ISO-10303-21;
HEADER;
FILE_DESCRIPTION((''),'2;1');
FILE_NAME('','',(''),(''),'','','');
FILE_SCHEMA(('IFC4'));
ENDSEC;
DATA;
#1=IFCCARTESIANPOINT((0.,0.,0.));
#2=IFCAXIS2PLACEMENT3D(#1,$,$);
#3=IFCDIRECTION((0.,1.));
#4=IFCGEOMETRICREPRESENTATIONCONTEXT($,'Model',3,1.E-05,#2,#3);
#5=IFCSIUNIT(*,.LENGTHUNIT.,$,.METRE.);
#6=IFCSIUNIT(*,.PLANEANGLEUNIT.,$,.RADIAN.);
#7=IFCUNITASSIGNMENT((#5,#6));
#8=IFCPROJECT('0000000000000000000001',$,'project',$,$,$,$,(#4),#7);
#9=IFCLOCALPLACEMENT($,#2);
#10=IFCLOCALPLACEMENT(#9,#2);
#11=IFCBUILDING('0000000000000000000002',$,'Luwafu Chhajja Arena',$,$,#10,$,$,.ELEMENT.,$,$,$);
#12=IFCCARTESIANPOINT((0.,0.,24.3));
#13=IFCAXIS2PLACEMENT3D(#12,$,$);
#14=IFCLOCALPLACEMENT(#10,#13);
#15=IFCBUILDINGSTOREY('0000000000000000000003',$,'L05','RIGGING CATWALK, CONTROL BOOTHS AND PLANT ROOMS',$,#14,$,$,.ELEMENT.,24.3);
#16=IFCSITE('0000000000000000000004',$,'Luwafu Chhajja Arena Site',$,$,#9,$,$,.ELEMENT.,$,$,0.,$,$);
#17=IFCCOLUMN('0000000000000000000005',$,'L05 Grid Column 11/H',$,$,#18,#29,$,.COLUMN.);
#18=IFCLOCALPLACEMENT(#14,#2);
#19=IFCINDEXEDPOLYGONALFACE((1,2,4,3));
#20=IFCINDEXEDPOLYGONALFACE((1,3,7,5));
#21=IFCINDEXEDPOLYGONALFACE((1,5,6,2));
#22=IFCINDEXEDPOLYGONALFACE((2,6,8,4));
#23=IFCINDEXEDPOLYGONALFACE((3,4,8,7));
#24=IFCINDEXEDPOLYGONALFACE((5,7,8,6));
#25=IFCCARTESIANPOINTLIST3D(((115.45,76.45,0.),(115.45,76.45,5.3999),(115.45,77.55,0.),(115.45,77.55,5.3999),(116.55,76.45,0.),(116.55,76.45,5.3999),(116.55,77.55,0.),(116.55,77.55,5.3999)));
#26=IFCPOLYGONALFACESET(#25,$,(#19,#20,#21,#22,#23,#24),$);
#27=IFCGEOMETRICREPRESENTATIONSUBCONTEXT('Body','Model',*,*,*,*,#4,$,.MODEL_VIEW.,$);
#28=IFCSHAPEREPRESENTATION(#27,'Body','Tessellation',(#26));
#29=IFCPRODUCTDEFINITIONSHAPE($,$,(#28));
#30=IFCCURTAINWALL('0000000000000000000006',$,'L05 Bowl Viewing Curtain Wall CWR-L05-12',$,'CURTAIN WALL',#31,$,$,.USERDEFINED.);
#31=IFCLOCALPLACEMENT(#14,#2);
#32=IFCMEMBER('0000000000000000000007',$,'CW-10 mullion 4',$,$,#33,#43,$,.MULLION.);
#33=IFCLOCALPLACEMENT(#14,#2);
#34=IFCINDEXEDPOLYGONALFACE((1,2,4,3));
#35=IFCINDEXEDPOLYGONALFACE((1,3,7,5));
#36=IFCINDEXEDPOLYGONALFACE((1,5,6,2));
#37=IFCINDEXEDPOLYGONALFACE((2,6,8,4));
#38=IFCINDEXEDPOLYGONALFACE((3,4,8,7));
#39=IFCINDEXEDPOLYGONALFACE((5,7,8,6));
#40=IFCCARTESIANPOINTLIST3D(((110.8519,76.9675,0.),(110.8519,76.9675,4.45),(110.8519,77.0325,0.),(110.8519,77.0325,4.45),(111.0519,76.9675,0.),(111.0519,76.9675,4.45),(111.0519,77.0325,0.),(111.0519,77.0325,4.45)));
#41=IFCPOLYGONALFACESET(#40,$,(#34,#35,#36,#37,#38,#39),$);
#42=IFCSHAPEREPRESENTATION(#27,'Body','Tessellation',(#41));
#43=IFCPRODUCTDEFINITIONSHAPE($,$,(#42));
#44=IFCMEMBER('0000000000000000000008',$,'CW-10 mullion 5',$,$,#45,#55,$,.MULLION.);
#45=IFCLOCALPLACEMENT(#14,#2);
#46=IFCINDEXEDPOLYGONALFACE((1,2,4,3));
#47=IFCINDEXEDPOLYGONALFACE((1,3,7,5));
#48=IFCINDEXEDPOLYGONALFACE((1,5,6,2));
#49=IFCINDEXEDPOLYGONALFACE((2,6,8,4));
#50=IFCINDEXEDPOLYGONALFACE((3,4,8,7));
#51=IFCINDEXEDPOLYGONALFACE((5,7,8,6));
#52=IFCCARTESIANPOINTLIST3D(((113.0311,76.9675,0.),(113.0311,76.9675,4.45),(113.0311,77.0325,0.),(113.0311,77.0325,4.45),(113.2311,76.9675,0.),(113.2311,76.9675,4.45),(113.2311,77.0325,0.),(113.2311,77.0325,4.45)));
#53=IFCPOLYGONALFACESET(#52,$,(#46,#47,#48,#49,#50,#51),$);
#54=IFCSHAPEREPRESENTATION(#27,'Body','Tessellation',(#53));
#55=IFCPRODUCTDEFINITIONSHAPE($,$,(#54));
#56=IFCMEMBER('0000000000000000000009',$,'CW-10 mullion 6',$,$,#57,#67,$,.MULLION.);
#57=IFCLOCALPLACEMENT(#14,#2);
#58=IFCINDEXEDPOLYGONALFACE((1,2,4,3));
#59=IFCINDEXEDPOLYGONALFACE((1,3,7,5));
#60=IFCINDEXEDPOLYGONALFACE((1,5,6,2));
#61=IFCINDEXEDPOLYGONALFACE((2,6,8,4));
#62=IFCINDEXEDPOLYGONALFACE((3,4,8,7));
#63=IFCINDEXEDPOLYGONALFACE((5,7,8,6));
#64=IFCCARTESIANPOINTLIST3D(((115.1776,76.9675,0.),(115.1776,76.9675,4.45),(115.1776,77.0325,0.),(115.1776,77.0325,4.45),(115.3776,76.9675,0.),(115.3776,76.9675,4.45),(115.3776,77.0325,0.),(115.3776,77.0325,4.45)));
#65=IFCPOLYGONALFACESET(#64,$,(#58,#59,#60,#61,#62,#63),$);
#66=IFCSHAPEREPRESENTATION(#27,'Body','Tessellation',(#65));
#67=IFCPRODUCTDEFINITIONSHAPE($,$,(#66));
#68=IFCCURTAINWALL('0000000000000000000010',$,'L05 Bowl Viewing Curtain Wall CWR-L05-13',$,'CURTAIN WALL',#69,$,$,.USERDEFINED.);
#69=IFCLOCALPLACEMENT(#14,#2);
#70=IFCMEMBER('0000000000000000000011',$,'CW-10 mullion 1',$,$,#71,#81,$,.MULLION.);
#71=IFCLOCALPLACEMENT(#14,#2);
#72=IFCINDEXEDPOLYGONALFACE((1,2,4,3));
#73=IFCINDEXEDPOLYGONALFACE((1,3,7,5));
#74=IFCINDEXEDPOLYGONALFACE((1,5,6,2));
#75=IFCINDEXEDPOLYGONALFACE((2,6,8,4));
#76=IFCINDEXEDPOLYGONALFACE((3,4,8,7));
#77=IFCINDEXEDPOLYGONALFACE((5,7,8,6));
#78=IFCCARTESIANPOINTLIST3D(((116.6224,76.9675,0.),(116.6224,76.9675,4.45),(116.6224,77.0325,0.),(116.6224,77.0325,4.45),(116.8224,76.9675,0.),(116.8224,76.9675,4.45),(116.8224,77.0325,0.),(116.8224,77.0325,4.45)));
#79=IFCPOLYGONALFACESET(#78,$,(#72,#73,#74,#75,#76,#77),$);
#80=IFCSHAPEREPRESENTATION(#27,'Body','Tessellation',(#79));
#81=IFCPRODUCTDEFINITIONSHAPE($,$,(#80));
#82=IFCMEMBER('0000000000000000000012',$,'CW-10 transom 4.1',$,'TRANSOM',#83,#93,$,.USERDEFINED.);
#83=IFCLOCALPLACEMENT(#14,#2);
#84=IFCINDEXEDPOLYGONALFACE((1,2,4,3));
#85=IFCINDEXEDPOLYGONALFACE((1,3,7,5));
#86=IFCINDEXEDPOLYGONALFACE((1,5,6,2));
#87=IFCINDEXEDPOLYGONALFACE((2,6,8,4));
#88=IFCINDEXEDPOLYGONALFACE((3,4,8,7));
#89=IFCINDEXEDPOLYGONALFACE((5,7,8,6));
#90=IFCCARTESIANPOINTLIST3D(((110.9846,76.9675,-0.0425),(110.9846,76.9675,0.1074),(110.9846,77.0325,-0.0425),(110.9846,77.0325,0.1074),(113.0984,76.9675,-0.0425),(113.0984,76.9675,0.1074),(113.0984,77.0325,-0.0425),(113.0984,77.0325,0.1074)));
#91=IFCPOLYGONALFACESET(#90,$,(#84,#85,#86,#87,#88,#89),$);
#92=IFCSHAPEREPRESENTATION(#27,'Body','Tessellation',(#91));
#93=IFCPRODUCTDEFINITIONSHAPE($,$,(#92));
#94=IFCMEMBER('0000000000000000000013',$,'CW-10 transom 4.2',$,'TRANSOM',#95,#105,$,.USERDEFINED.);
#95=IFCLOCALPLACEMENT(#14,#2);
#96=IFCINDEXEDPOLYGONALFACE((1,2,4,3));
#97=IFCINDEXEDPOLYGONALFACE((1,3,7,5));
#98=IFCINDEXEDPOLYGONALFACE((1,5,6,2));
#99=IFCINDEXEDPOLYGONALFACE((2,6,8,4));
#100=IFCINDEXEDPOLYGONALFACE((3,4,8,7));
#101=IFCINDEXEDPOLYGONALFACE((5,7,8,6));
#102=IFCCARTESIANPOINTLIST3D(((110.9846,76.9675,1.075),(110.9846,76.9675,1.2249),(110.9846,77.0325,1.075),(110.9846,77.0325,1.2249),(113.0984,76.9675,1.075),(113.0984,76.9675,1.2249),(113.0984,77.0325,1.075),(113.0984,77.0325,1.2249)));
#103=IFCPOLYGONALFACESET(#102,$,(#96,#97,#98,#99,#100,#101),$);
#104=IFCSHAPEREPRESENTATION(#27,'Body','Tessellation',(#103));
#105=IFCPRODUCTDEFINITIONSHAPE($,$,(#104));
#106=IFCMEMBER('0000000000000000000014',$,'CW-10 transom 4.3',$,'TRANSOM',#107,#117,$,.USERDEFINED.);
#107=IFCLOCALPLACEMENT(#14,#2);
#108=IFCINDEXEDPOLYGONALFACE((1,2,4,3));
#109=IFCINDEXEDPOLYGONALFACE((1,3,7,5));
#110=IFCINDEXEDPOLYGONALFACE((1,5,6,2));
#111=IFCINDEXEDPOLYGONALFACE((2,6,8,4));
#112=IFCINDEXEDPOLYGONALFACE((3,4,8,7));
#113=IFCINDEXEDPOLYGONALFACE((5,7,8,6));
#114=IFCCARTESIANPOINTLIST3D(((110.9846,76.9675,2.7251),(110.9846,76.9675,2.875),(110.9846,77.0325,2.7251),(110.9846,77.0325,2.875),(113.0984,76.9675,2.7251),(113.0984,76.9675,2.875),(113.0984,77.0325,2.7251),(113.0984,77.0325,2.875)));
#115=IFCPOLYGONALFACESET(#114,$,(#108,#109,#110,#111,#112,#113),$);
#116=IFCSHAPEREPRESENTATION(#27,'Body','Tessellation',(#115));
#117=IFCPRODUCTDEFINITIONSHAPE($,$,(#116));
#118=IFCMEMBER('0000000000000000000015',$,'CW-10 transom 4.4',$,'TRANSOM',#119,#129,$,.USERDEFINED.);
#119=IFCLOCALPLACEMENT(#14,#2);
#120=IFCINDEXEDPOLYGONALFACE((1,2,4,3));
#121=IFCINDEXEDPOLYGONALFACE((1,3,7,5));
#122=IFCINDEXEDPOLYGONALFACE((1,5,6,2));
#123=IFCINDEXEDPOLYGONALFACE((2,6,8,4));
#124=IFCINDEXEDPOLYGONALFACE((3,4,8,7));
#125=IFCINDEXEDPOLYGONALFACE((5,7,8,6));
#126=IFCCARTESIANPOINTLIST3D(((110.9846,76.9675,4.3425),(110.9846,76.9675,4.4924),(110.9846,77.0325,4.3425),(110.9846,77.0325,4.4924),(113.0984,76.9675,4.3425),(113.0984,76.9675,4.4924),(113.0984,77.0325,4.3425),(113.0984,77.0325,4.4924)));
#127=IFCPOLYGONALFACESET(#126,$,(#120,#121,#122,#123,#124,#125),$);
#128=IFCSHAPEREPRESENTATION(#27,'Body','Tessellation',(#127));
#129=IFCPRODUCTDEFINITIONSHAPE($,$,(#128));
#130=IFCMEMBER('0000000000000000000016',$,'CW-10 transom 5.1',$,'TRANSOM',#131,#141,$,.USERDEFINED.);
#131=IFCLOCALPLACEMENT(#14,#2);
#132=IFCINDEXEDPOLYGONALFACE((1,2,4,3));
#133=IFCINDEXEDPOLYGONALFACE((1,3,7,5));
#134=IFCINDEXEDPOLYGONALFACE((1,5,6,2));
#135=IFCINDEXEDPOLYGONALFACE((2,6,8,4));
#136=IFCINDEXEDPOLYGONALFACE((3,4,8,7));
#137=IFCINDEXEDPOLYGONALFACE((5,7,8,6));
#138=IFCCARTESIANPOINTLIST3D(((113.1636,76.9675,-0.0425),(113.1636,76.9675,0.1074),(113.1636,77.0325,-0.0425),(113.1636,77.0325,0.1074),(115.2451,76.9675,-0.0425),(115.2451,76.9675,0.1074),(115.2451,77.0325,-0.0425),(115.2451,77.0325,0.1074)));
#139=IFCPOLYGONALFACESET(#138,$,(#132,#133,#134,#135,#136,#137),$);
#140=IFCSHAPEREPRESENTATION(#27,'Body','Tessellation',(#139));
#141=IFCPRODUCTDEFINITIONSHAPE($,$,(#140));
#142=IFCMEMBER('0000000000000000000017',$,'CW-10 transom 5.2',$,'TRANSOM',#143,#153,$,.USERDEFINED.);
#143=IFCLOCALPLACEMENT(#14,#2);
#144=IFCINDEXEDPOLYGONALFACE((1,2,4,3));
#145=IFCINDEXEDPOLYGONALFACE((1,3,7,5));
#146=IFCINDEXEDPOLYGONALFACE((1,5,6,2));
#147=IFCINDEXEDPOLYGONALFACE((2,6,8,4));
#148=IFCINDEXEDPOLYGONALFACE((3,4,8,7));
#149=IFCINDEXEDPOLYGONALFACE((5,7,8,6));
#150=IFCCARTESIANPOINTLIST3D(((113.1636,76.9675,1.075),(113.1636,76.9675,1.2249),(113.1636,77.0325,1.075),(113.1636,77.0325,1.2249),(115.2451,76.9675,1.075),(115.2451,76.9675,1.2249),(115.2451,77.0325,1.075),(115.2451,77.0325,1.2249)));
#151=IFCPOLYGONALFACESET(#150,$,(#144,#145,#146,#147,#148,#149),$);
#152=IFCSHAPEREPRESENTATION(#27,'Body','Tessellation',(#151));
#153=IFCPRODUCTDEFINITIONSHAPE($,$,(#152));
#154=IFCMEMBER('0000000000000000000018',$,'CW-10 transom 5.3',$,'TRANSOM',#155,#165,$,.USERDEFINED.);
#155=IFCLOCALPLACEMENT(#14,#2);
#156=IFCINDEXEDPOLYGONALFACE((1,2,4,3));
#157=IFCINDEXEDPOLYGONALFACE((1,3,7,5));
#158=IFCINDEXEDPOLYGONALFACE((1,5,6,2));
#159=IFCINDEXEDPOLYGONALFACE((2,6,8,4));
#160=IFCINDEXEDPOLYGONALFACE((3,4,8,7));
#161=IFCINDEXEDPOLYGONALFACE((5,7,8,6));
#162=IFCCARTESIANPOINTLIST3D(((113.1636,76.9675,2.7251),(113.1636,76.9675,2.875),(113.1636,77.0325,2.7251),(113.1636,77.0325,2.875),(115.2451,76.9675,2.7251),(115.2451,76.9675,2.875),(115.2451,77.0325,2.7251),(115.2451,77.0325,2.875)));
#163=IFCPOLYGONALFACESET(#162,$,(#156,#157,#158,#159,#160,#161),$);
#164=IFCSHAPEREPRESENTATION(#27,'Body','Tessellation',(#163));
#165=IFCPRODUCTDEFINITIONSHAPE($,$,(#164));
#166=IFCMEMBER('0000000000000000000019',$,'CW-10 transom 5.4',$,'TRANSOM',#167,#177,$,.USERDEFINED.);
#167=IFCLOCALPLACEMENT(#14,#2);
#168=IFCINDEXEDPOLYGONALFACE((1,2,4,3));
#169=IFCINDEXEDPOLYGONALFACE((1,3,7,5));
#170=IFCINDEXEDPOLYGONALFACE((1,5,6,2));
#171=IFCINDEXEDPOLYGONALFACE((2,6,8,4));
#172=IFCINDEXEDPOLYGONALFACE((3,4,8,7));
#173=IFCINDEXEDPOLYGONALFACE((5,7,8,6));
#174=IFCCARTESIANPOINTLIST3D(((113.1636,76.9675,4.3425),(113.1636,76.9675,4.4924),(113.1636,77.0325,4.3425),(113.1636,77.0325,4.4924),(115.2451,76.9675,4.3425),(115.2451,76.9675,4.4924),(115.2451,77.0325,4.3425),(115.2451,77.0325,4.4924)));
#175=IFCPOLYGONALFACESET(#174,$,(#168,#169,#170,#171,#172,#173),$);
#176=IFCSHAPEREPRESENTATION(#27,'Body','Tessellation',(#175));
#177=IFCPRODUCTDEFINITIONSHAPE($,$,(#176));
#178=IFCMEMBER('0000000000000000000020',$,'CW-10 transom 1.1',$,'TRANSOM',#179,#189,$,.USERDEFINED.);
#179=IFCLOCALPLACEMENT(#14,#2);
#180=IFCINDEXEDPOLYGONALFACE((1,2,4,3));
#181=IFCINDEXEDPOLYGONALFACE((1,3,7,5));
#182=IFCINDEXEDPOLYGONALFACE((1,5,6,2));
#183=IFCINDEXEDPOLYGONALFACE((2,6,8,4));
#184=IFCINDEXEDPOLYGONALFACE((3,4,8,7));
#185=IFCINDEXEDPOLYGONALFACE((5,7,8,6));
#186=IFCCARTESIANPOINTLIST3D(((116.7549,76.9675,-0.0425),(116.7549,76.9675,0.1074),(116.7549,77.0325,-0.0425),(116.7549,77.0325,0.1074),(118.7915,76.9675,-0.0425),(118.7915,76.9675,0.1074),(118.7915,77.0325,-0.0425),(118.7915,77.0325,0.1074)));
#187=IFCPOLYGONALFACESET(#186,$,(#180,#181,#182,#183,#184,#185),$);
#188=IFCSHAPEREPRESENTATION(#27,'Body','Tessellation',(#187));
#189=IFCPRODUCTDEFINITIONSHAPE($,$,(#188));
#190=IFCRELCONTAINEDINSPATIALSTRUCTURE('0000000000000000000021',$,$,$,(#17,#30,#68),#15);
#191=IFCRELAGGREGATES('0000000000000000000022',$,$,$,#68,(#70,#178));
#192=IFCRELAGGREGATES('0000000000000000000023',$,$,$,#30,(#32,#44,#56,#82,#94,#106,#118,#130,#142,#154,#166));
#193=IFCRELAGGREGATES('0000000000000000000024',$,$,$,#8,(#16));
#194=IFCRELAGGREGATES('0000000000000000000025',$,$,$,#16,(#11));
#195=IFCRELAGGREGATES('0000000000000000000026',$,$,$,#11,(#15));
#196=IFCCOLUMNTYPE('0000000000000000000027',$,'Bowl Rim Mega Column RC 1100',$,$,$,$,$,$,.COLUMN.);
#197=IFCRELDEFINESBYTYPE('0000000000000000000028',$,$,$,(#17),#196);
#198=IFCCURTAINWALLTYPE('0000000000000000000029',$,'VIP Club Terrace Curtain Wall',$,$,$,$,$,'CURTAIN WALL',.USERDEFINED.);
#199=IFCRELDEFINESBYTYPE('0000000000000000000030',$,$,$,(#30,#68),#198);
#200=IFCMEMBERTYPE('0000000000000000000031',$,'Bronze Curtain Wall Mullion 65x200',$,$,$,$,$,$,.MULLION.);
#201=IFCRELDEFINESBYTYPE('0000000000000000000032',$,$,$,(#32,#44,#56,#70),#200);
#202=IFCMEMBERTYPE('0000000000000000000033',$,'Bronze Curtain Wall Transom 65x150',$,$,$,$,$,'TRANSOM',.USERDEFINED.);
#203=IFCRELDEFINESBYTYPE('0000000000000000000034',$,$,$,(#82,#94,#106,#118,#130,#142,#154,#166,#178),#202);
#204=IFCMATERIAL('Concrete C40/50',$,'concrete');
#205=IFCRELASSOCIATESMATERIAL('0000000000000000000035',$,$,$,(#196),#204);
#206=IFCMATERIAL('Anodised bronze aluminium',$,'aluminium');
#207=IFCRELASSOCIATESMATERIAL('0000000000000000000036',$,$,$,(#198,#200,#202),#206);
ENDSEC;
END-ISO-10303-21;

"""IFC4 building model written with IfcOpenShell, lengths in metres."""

from ifc_helpers import new_model, si_unit, direction, frame, origin, origin_2d, place, context, subcontext, project, spatial, rectangle, extrude, material, material_profile, profile_set, type_object, element, aggregate, save


model = new_model("IFC4")

# Units and contexts
model_context = context("Model", 3, precision=1e-05, world=origin(), true_north=direction((0.0, 1.0)))
body_context = subcontext(model_context, "Body", "Model", "MODEL_VIEW")
ifc_project = project(units=[si_unit("LENGTHUNIT", "METRE"), si_unit("PLANEANGLEUNIT", "RADIAN")], contexts=[model_context])

# Site, building, storey
site_placement = place(None, origin())
site = spatial("IfcSite", under=ifc_project, at=site_placement, Name="Luwafu Chhajja Arena Site", CompositionType="ELEMENT", RefElevation=0.0)
building_placement = place(site_placement, origin())
building = spatial("IfcBuilding", under=site, at=building_placement, Name="Luwafu Chhajja Arena", CompositionType="ELEMENT")
storey_placement = place(building_placement, frame((0.0, 0.0, 24.3)))
storey = spatial("IfcBuildingStorey", under=building, at=storey_placement, Name="L05", Description="RIGGING CATWALK, CONTROL BOOTHS AND PLANT ROOMS", CompositionType="ELEMENT", Elevation=24.3)

# Column
ifc_material_1 = material(Name="Concrete C40/50", Category="concrete")
ifc_material_profile_1 = material_profile(ifc_material_1, rectangle(XDim=1.1001, YDim=1.1001, at=origin_2d()), Name="RC 1100x1100")
ifc_profile_set_1 = profile_set([ifc_material_profile_1], Name="Concrete C40/50")
column_type = type_object("IfcColumnType", Name="Bowl Rim Mega Column RC 1100", PredefinedType="COLUMN", material=ifc_profile_set_1)
column_placement = place(storey_placement, frame((116.0, 77.0, 0.0), z_axis=(0.0, 0.0, 1.0), x_axis=(1.0, 0.0, 0.0)))
element("IfcColumn", 1, at=column_placement, inside=storey, type_object=column_type, Name="L05 Grid Column 11/H", PredefinedType="COLUMN", context=body_context, shape_type="SweptSolid", body=[
    extrude(rectangle(XDim=1.1001, YDim=1.1001, at=origin_2d()), origin(), (0.0, 0.0, 1.0), 5.3999),
])

# Curtain wall, members
ifc_material_2 = material(Name="Anodised bronze aluminium", Category="aluminium")
curtain_wall_type = type_object("IfcCurtainWallType", Name="VIP Club Terrace Curtain Wall", ElementType="CURTAIN WALL", PredefinedType="USERDEFINED", material=ifc_material_2)
curtain_wall_1_placement = place(storey_placement, origin())
curtain_wall_1 = element("IfcCurtainWall", 2, at=curtain_wall_1_placement, inside=storey, type_object=curtain_wall_type, Name="L05 Bowl Viewing Curtain Wall CWR-L05-12", ObjectType="CURTAIN WALL", PredefinedType="USERDEFINED")
ifc_material_profile_2 = material_profile(ifc_material_2, rectangle(XDim=0.0649, YDim=0.2, at=origin_2d()), Name="CWM 65x200")
ifc_profile_set_2 = profile_set([ifc_material_profile_2], Name="Anodised bronze aluminium")
member_type_1 = type_object("IfcMemberType", Name="Bronze Curtain Wall Mullion 65x200", PredefinedType="MULLION", material=ifc_profile_set_2)
member_1_placement = place(storey_placement, frame((110.9519, 77.0, 0.0), z_axis=(0.0, 0.0, 1.0), x_axis=(0.0, 1.0, 0.0)))
member_1 = element("IfcMember", 3, at=member_1_placement, type_object=member_type_1, Name="CW-10 mullion 4", PredefinedType="MULLION", context=body_context, shape_type="SweptSolid", body=[
    extrude(rectangle(XDim=0.0649, YDim=0.2, at=origin_2d()), origin(), (0.0, 0.0, 1.0), 4.45),
])
member_2_placement = place(storey_placement, frame((113.1311, 77.0, 0.0), z_axis=(0.0, 0.0, 1.0), x_axis=(0.0, 1.0, 0.0)))
member_2 = element("IfcMember", 4, at=member_2_placement, type_object=member_type_1, Name="CW-10 mullion 5", PredefinedType="MULLION", context=body_context, shape_type="SweptSolid", body=[
    extrude(rectangle(XDim=0.0649, YDim=0.2, at=origin_2d()), origin(), (0.0, 0.0, 1.0), 4.45),
])
member_3_placement = place(storey_placement, frame((115.2776, 77.0, 0.0), z_axis=(0.0, 0.0, 1.0), x_axis=(0.0, 1.0, 0.0)))
member_3 = element("IfcMember", 5, at=member_3_placement, type_object=member_type_1, Name="CW-10 mullion 6", PredefinedType="MULLION", context=body_context, shape_type="SweptSolid", body=[
    extrude(rectangle(XDim=0.0649, YDim=0.2, at=origin_2d()), origin(), (0.0, 0.0, 1.0), 4.45),
])

# Curtain wall, member
curtain_wall_2_placement = place(storey_placement, origin())
curtain_wall_2 = element("IfcCurtainWall", 6, at=curtain_wall_2_placement, inside=storey, type_object=curtain_wall_type, Name="L05 Bowl Viewing Curtain Wall CWR-L05-13", ObjectType="CURTAIN WALL", PredefinedType="USERDEFINED")
member_4_placement = place(storey_placement, frame((116.7224, 77.0, 0.0), z_axis=(0.0, 0.0, 1.0), x_axis=(0.0, 1.0, 0.0)))
member_4 = element("IfcMember", 7, at=member_4_placement, type_object=member_type_1, Name="CW-10 mullion 1", PredefinedType="MULLION", context=body_context, shape_type="SweptSolid", body=[
    extrude(rectangle(XDim=0.0649, YDim=0.2, at=origin_2d()), origin(), (0.0, 0.0, 1.0), 4.45),
])

# Members
ifc_material_profile_3 = material_profile(ifc_material_2, rectangle(XDim=0.0649, YDim=0.1499, at=origin_2d()), Name="CWT 65x150")
ifc_profile_set_3 = profile_set([ifc_material_profile_3], Name="Anodised bronze aluminium")
member_type_2 = type_object("IfcMemberType", Name="Bronze Curtain Wall Transom 65x150", ElementType="TRANSOM", PredefinedType="USERDEFINED", material=ifc_profile_set_3)
member_5_placement = place(storey_placement, frame((110.9846, 77.0, 0.0325), z_axis=(1.0, 0.0, 0.0), x_axis=(0.0, 1.0, 0.0)))
member_5 = element("IfcMember", 8, at=member_5_placement, type_object=member_type_2, Name="CW-10 transom 4.1", ObjectType="TRANSOM", PredefinedType="USERDEFINED", context=body_context, shape_type="SweptSolid", body=[
    extrude(rectangle(XDim=0.0649, YDim=0.1499, at=origin_2d()), origin(), (0.0, 0.0, 1.0), 2.1138),
])
member_6_placement = place(storey_placement, frame((110.9846, 77.0, 1.1499), z_axis=(1.0, 0.0, 0.0), x_axis=(0.0, 1.0, 0.0)))
member_6 = element("IfcMember", 9, at=member_6_placement, type_object=member_type_2, Name="CW-10 transom 4.2", ObjectType="TRANSOM", PredefinedType="USERDEFINED", context=body_context, shape_type="SweptSolid", body=[
    extrude(rectangle(XDim=0.0649, YDim=0.1499, at=origin_2d()), origin(), (0.0, 0.0, 1.0), 2.1138),
])
member_7_placement = place(storey_placement, frame((110.9846, 77.0, 2.8), z_axis=(1.0, 0.0, 0.0), x_axis=(0.0, 1.0, 0.0)))
member_7 = element("IfcMember", 10, at=member_7_placement, type_object=member_type_2, Name="CW-10 transom 4.3", ObjectType="TRANSOM", PredefinedType="USERDEFINED", context=body_context, shape_type="SweptSolid", body=[
    extrude(rectangle(XDim=0.0649, YDim=0.1499, at=origin_2d()), origin(), (0.0, 0.0, 1.0), 2.1138),
])
member_8_placement = place(storey_placement, frame((110.9846, 77.0, 4.4175), z_axis=(1.0, 0.0, 0.0), x_axis=(0.0, 1.0, 0.0)))
member_8 = element("IfcMember", 11, at=member_8_placement, type_object=member_type_2, Name="CW-10 transom 4.4", ObjectType="TRANSOM", PredefinedType="USERDEFINED", context=body_context, shape_type="SweptSolid", body=[
    extrude(rectangle(XDim=0.0649, YDim=0.1499, at=origin_2d()), origin(), (0.0, 0.0, 1.0), 2.1138),
])
member_9_placement = place(storey_placement, frame((113.1636, 77.0, 0.0325), z_axis=(1.0, 0.0, 0.0), x_axis=(0.0, 1.0, 0.0)))
member_9 = element("IfcMember", 12, at=member_9_placement, type_object=member_type_2, Name="CW-10 transom 5.1", ObjectType="TRANSOM", PredefinedType="USERDEFINED", context=body_context, shape_type="SweptSolid", body=[
    extrude(rectangle(XDim=0.0649, YDim=0.1499, at=origin_2d()), origin(), (0.0, 0.0, 1.0), 2.0815),
])
member_10_placement = place(storey_placement, frame((113.1636, 77.0, 1.1499), z_axis=(1.0, 0.0, 0.0), x_axis=(0.0, 1.0, 0.0)))
member_10 = element("IfcMember", 13, at=member_10_placement, type_object=member_type_2, Name="CW-10 transom 5.2", ObjectType="TRANSOM", PredefinedType="USERDEFINED", context=body_context, shape_type="SweptSolid", body=[
    extrude(rectangle(XDim=0.0649, YDim=0.1499, at=origin_2d()), origin(), (0.0, 0.0, 1.0), 2.0815),
])
member_11_placement = place(storey_placement, frame((113.1636, 77.0, 2.8), z_axis=(1.0, 0.0, 0.0), x_axis=(0.0, 1.0, 0.0)))
member_11 = element("IfcMember", 14, at=member_11_placement, type_object=member_type_2, Name="CW-10 transom 5.3", ObjectType="TRANSOM", PredefinedType="USERDEFINED", context=body_context, shape_type="SweptSolid", body=[
    extrude(rectangle(XDim=0.0649, YDim=0.1499, at=origin_2d()), origin(), (0.0, 0.0, 1.0), 2.0815),
])
member_12_placement = place(storey_placement, frame((113.1636, 77.0, 4.4175), z_axis=(1.0, 0.0, 0.0), x_axis=(0.0, 1.0, 0.0)))
member_12 = element("IfcMember", 15, at=member_12_placement, type_object=member_type_2, Name="CW-10 transom 5.4", ObjectType="TRANSOM", PredefinedType="USERDEFINED", context=body_context, shape_type="SweptSolid", body=[
    extrude(rectangle(XDim=0.0649, YDim=0.1499, at=origin_2d()), origin(), (0.0, 0.0, 1.0), 2.0815),
])
member_13_placement = place(storey_placement, frame((116.7549, 77.0, 0.0325), z_axis=(1.0, 0.0, 0.0), x_axis=(0.0, 1.0, 0.0)))
member_13 = element("IfcMember", 16, at=member_13_placement, type_object=member_type_2, Name="CW-10 transom 1.1", ObjectType="TRANSOM", PredefinedType="USERDEFINED", context=body_context, shape_type="SweptSolid", body=[
    extrude(rectangle(XDim=0.0649, YDim=0.1499, at=origin_2d()), origin(), (0.0, 0.0, 1.0), 2.0366),
])
aggregate(curtain_wall_2, [member_4, member_13])

aggregate(curtain_wall_1, [member_1, member_2, member_3, member_5, member_6, member_7, member_8, member_9, member_10, member_11, member_12])

save(model, "model.ifc")
